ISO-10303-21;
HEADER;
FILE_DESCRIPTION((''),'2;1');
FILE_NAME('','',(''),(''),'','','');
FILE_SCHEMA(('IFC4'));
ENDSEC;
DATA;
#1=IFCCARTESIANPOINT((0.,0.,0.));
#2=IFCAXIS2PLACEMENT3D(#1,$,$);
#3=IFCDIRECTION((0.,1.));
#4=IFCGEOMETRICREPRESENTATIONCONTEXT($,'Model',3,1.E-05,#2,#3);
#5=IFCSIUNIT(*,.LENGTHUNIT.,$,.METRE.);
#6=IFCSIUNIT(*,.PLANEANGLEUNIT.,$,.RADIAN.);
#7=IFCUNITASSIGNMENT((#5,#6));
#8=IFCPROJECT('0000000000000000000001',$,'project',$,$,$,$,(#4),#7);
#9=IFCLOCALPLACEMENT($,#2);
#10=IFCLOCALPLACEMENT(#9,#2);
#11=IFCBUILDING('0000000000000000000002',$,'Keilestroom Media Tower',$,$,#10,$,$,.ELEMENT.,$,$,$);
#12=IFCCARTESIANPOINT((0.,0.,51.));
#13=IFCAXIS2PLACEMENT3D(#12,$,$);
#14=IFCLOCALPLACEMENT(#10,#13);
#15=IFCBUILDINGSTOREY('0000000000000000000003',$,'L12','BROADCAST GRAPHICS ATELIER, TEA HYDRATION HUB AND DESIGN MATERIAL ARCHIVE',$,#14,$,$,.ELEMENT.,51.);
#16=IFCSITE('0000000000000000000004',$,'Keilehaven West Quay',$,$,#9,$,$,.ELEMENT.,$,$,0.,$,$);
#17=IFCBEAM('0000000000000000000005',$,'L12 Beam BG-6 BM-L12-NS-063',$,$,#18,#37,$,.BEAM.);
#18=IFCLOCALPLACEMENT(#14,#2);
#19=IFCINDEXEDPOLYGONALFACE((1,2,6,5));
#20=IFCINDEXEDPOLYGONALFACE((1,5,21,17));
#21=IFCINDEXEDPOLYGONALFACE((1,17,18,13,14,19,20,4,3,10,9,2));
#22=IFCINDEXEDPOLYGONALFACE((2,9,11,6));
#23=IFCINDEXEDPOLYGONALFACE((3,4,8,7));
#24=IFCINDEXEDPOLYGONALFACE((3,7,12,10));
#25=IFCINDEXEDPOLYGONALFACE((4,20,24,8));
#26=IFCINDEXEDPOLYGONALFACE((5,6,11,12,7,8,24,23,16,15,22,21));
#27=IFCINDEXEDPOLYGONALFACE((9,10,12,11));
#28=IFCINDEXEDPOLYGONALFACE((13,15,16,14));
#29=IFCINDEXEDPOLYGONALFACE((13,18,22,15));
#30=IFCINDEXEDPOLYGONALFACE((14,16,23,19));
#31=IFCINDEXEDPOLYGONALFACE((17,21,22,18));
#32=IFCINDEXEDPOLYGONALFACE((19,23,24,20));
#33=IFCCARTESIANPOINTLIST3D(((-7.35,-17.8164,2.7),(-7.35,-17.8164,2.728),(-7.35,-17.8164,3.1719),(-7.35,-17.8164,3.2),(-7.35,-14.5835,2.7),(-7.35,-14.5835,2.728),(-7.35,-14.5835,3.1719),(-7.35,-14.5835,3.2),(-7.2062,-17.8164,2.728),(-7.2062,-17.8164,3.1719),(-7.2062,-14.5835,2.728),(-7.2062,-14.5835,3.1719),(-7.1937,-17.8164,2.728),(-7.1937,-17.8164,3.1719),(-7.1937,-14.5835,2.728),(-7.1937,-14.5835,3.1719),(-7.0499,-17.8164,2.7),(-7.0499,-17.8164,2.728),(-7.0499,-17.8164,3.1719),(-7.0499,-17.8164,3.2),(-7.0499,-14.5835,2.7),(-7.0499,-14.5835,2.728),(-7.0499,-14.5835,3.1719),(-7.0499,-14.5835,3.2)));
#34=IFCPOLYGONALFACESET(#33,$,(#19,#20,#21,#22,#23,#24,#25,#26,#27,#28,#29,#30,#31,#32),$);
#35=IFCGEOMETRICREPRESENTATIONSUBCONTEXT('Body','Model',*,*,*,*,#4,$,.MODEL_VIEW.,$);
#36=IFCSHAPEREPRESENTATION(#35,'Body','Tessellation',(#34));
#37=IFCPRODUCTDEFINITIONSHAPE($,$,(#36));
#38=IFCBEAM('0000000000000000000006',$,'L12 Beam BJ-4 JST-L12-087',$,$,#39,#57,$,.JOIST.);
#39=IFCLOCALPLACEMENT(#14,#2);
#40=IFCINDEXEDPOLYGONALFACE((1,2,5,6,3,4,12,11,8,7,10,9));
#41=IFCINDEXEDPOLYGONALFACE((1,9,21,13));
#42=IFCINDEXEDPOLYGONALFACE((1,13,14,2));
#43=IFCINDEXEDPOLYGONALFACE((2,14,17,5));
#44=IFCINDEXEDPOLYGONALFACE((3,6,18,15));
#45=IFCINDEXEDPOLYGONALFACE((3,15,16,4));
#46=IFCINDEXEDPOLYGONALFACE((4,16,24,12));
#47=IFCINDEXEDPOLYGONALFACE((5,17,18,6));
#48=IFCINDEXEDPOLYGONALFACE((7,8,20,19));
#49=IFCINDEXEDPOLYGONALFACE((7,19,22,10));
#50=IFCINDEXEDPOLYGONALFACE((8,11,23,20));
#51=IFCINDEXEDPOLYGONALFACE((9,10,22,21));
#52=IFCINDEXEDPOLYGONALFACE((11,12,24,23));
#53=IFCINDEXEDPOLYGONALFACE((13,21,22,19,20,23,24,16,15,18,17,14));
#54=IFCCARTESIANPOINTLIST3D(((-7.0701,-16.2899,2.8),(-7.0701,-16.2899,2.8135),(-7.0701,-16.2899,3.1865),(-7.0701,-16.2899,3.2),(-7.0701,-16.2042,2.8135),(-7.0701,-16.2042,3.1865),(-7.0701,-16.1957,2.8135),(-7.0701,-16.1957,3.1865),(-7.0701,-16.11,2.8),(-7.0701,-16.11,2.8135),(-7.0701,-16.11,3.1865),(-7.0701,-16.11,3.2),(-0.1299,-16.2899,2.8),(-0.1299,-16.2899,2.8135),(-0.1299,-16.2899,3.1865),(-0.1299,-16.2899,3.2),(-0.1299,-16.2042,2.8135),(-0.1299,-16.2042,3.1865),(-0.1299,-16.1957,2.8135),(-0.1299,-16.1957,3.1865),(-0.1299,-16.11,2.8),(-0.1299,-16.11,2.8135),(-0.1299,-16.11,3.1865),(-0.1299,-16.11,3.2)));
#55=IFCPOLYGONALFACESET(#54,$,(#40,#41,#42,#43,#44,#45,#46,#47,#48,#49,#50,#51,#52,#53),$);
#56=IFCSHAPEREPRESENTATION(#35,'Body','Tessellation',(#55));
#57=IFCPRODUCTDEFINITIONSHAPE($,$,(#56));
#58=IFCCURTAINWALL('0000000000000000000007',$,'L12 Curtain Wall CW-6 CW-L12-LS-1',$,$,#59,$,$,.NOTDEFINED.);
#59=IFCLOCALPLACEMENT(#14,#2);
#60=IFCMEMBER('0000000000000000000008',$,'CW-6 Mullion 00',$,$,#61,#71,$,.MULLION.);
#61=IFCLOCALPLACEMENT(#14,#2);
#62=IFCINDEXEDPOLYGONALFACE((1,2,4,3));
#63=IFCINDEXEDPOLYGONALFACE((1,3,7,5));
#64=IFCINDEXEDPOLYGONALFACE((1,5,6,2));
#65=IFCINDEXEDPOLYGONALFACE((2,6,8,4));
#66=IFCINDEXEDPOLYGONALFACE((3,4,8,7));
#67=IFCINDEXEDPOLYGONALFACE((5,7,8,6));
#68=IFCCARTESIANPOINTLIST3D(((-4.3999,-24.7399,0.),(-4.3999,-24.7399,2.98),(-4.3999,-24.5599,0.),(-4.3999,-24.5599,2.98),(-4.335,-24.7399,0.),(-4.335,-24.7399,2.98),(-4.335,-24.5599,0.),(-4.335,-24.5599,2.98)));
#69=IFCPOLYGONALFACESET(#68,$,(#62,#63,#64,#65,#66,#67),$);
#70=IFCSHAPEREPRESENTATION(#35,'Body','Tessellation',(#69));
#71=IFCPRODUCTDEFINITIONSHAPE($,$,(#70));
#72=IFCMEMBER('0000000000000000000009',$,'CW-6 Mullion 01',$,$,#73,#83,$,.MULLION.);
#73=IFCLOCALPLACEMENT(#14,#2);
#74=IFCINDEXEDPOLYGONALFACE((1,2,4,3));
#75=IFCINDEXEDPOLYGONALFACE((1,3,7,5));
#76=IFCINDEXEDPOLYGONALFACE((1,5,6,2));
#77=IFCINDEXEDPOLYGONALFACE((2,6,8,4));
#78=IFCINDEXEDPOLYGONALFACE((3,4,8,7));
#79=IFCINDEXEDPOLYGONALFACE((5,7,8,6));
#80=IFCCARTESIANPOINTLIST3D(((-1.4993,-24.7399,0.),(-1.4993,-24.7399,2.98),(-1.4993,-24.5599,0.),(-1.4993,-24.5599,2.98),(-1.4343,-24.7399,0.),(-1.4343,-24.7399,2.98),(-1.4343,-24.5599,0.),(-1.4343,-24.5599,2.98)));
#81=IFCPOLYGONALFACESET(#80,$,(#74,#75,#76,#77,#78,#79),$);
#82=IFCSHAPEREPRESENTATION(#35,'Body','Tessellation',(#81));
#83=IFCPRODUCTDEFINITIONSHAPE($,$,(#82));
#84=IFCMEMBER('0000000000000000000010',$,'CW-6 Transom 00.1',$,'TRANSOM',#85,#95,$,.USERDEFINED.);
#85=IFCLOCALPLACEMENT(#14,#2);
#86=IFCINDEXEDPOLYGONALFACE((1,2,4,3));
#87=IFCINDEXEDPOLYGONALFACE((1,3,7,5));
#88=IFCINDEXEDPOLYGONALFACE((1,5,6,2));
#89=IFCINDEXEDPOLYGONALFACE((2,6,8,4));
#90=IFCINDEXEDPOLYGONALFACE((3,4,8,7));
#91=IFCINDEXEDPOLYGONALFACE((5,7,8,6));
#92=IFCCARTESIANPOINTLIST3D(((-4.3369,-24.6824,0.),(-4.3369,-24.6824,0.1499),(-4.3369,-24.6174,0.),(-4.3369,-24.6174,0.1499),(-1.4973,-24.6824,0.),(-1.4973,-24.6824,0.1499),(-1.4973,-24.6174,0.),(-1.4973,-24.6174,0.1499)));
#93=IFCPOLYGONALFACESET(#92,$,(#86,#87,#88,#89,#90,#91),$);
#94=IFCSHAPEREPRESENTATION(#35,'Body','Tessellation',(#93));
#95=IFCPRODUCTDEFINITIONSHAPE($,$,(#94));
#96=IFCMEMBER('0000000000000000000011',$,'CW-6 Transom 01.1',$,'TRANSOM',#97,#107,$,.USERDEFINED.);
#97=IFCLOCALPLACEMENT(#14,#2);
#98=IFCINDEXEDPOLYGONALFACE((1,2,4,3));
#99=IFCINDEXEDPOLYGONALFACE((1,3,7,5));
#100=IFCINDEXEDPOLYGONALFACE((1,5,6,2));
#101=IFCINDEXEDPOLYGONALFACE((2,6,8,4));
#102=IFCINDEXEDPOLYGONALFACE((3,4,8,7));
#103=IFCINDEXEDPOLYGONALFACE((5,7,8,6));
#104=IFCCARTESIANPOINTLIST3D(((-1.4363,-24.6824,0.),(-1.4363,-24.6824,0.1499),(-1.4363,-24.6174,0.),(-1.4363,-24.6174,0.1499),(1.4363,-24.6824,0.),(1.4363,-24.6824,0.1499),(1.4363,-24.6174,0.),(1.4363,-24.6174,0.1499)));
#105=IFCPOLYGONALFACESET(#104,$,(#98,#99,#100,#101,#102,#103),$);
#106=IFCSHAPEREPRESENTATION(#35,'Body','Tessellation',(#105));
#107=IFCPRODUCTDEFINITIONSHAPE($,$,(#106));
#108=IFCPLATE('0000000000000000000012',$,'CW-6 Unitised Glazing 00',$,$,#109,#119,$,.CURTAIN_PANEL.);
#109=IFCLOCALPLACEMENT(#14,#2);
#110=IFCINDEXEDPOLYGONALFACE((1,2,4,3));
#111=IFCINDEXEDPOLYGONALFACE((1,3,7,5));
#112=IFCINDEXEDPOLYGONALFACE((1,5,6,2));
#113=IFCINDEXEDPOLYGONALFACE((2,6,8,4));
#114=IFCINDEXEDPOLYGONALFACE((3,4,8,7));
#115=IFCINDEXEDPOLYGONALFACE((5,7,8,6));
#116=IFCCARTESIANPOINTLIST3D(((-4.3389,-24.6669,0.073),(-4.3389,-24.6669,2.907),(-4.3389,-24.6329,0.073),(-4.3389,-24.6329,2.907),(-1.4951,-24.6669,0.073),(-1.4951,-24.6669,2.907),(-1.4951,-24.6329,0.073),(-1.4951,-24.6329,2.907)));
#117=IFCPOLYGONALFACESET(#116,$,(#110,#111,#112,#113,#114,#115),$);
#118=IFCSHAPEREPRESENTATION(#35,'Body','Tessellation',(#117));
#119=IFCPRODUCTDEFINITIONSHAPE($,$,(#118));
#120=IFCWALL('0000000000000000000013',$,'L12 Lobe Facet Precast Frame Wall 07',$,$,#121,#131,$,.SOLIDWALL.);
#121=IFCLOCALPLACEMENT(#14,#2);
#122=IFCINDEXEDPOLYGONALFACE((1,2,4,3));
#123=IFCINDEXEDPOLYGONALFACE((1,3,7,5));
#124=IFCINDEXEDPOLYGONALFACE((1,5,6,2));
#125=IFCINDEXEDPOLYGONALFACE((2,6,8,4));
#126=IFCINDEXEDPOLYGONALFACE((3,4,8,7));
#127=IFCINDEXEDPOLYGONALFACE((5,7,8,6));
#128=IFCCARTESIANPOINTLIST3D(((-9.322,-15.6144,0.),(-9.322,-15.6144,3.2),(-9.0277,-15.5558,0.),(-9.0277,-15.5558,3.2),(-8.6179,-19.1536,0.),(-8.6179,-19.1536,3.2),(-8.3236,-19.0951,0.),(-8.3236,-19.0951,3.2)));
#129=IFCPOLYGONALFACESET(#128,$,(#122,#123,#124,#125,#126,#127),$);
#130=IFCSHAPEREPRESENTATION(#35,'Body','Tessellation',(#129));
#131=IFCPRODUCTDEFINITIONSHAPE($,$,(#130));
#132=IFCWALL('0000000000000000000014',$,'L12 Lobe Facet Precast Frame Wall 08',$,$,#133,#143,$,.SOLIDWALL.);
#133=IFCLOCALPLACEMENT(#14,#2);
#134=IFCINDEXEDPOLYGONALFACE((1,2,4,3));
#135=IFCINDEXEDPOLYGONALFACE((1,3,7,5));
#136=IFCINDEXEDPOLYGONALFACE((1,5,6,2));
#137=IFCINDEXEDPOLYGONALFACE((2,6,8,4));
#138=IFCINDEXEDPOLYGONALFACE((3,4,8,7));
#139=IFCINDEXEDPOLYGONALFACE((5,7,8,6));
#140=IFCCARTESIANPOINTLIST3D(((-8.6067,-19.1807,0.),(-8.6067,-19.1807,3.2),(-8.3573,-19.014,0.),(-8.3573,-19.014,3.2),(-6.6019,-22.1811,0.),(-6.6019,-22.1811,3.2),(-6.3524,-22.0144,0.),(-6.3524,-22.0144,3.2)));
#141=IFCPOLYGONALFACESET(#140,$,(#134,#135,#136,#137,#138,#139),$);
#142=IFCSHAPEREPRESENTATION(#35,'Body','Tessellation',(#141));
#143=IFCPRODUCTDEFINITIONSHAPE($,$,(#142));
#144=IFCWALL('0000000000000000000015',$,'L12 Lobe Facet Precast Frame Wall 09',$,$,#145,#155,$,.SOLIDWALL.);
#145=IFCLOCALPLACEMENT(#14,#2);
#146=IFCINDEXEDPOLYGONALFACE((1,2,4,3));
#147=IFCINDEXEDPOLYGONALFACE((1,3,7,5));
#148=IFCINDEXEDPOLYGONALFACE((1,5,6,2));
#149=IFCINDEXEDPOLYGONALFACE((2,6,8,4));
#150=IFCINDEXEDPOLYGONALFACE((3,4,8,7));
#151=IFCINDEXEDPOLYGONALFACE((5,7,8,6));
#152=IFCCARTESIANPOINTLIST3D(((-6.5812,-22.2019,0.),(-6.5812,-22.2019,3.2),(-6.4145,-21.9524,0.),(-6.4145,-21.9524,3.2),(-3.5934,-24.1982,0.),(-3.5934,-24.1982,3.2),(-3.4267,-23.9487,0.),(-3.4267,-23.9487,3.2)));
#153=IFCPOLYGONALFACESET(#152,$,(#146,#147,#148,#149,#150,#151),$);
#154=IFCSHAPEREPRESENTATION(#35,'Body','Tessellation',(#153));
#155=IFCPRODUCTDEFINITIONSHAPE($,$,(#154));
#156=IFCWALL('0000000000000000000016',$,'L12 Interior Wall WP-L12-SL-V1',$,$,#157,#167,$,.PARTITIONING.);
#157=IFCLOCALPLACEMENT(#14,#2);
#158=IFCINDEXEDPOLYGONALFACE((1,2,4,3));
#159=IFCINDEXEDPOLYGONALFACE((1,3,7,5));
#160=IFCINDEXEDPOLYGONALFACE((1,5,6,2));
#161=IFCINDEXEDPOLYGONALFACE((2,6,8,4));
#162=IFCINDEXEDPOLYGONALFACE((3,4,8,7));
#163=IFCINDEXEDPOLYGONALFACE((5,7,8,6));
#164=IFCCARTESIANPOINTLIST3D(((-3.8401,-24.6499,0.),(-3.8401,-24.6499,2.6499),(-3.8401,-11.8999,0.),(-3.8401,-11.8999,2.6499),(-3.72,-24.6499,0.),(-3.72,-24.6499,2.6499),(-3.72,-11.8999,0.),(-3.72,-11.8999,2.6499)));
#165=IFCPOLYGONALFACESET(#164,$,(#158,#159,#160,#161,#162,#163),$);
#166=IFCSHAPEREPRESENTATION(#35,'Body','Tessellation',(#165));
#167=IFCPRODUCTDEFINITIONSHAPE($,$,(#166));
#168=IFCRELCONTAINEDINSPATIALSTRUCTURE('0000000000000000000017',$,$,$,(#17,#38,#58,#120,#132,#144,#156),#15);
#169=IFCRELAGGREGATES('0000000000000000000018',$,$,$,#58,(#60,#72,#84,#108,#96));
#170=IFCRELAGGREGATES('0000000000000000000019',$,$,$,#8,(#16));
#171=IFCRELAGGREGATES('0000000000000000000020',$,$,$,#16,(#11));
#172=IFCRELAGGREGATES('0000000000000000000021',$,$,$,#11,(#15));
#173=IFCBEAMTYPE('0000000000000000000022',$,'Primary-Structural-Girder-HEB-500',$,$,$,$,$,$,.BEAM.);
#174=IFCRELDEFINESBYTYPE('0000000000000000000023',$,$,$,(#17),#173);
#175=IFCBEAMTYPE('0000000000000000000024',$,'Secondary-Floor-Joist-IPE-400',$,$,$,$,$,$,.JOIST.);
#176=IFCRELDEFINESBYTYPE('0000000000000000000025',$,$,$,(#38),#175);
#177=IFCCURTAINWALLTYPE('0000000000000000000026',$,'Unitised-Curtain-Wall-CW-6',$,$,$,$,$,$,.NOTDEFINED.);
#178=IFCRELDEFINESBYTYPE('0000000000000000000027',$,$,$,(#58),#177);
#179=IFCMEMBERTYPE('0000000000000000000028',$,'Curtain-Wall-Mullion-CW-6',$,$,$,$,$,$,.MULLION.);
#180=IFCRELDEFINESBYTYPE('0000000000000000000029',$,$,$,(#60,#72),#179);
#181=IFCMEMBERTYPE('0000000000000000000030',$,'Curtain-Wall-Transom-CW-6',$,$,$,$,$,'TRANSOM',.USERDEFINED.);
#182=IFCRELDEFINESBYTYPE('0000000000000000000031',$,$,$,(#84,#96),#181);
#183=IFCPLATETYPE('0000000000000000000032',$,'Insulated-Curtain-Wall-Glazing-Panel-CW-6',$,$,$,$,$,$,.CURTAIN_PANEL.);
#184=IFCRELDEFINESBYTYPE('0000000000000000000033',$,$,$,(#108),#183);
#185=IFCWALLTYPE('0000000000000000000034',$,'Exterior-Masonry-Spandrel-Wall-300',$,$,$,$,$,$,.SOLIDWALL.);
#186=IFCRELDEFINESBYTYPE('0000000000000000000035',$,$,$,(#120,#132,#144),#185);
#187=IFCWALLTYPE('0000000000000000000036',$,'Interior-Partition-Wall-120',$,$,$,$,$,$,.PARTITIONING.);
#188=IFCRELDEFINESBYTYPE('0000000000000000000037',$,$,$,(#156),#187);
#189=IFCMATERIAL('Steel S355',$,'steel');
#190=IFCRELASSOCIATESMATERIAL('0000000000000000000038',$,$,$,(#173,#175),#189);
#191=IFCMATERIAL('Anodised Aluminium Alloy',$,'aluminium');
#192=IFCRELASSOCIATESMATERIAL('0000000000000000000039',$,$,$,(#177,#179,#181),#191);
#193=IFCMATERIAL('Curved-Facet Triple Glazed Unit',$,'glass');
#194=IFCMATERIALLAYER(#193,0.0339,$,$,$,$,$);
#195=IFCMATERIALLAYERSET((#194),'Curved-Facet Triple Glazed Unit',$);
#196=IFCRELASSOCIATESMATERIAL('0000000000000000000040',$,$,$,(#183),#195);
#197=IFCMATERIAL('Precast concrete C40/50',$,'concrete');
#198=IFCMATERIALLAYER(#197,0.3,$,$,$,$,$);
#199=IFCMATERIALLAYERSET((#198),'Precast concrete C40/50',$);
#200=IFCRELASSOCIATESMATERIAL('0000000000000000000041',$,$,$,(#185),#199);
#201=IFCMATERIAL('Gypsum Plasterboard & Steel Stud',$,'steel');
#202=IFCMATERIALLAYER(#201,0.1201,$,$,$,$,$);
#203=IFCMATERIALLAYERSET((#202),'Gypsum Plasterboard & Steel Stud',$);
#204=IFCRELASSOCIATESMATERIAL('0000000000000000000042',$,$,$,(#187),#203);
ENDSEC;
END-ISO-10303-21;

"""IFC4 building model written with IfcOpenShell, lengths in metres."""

from ifc_helpers import new_model, si_unit, direction, frame, frame_2d, origin, origin_2d, place, context, subcontext, project, spatial, rectangle, i_section, extrude, source, transform, mapped, material, layer, layer_set, material_profile, profile_set, type_object, element, aggregate, save


model = new_model("IFC4")

# Units and contexts
model_context = context("Model", 3, precision=1e-05, world=origin(), true_north=direction((0.0, 1.0)))
body_context = subcontext(model_context, "Body", "Model", "MODEL_VIEW")
ifc_project = project(units=[si_unit("LENGTHUNIT", "METRE"), si_unit("PLANEANGLEUNIT", "RADIAN")], contexts=[model_context])

# Site, building, storey
site_placement = place(None, origin())
site = spatial("IfcSite", under=ifc_project, at=site_placement, Name="Keilehaven West Quay", CompositionType="ELEMENT", RefElevation=0.0)
building_placement = place(site_placement, origin())
building = spatial("IfcBuilding", under=site, at=building_placement, Name="Keilestroom Media Tower", CompositionType="ELEMENT")
storey_placement = place(building_placement, frame((0.0, 0.0, 51.0)))
storey = spatial("IfcBuildingStorey", under=building, at=storey_placement, Name="L12", Description="BROADCAST GRAPHICS ATELIER, TEA HYDRATION HUB AND DESIGN MATERIAL ARCHIVE", CompositionType="ELEMENT", Elevation=51.0)

# Beams
ifc_material_1 = material(Name="Steel S355", Category="steel")
ifc_material_profile_1 = material_profile(ifc_material_1, i_section(OverallWidth=0.3, OverallDepth=0.5, WebThickness=0.0125, FlangeThickness=0.0281, at=origin_2d()), Name="HEB 500")
ifc_profile_set_1 = profile_set([ifc_material_profile_1], Name="Steel S355")
beam_type_1 = type_object("IfcBeamType", Name="Primary-Structural-Girder-HEB-500", PredefinedType="BEAM", material=ifc_profile_set_1)
shared_shape_1 = source(origin(), body_context, "Body", "SweptSolid", [
    extrude(i_section(OverallWidth=0.3, OverallDepth=0.5, WebThickness=0.0125, FlangeThickness=0.0281, at=origin_2d()), origin(), (0.0, 0.0, 1.0), 3.2329),
])
beam_1_placement = place(storey_placement, frame((-7.2, -17.8164, 2.95), z_axis=(0.0, 1.0, 0.0), x_axis=(-1.0, 0.0, 0.0)))
element("IfcBeam", 1, at=beam_1_placement, inside=storey, type_object=beam_type_1, Name="L12 Beam BG-6 BM-L12-NS-063", PredefinedType="BEAM", context=body_context, shape_type="MappedRepresentation", body=[
    mapped(shared_shape_1, transform((0.0, 0.0, 0.0), x_axis=(1.0, 0.0, 0.0), y_axis=(0.0, 1.0, 0.0), z_axis=(0.0, 0.0, 1.0), scale=1.0)),
])
ifc_material_profile_2 = material_profile(ifc_material_1, i_section(OverallWidth=0.1799, OverallDepth=0.3999, WebThickness=0.0085, FlangeThickness=0.0134, at=origin_2d()), Name="IPE 400")
ifc_profile_set_2 = profile_set([ifc_material_profile_2], Name="Steel S355")
beam_type_2 = type_object("IfcBeamType", Name="Secondary-Floor-Joist-IPE-400", PredefinedType="JOIST", material=ifc_profile_set_2)
shared_shape_2 = source(origin(), body_context, "Body", "SweptSolid", [
    extrude(i_section(OverallWidth=0.1799, OverallDepth=0.3999, WebThickness=0.0085, FlangeThickness=0.0134, at=origin_2d()), origin(), (0.0, 0.0, 1.0), 6.9402),
])
beam_2_placement = place(storey_placement, frame((-7.0701, -16.2, 3.0), z_axis=(1.0, 0.0, 0.0), x_axis=(0.0, 1.0, 0.0)))
element("IfcBeam", 2, at=beam_2_placement, inside=storey, type_object=beam_type_2, Name="L12 Beam BJ-4 JST-L12-087", PredefinedType="JOIST", context=body_context, shape_type="MappedRepresentation", body=[
    mapped(shared_shape_2, transform((0.0, 0.0, 0.0), x_axis=(1.0, 0.0, 0.0), y_axis=(0.0, 1.0, 0.0), z_axis=(0.0, 0.0, 1.0), scale=1.0)),
])

# Curtain wall, members, plate
ifc_material_2 = material(Name="Anodised Aluminium Alloy", Category="aluminium")
curtain_wall_type = type_object("IfcCurtainWallType", Name="Unitised-Curtain-Wall-CW-6", PredefinedType="NOTDEFINED", material=ifc_material_2)
curtain_wall_placement = place(storey_placement, origin())
curtain_wall = element("IfcCurtainWall", 3, at=curtain_wall_placement, inside=storey, type_object=curtain_wall_type, Name="L12 Curtain Wall CW-6 CW-L12-LS-1", PredefinedType="NOTDEFINED")
ifc_material_profile_3 = material_profile(ifc_material_2, rectangle(XDim=0.0649, YDim=0.1799, at=origin_2d()), Name="ALU MULLION 65x180")
ifc_profile_set_3 = profile_set([ifc_material_profile_3], Name="Anodised Aluminium Alloy")
member_type_1 = type_object("IfcMemberType", Name="Curtain-Wall-Mullion-CW-6", PredefinedType="MULLION", material=ifc_profile_set_3)
shared_shape_3 = source(origin(), body_context, "Body", "SweptSolid", [
    extrude(rectangle(XDim=0.0649, YDim=0.1799, at=origin_2d()), origin(), (0.0, 0.0, 1.0), 2.98),
])
member_1_placement = place(storey_placement, frame((-4.3674, -24.6499, 0.0), z_axis=(0.0, 0.0, 1.0), x_axis=(1.0, 0.0, 0.0)))
member_1 = element("IfcMember", 4, at=member_1_placement, type_object=member_type_1, Name="CW-6 Mullion 00", PredefinedType="MULLION", context=body_context, shape_type="MappedRepresentation", body=[
    mapped(shared_shape_3, transform((0.0, 0.0, 0.0), x_axis=(1.0, 0.0, 0.0), y_axis=(0.0, 1.0, 0.0), z_axis=(0.0, 0.0, 1.0), scale=1.0)),
])
member_2_placement = place(storey_placement, frame((-1.4668, -24.6499, 0.0), z_axis=(0.0, 0.0, 1.0), x_axis=(1.0, 0.0, 0.0)))
member_2 = element("IfcMember", 5, at=member_2_placement, type_object=member_type_1, Name="CW-6 Mullion 01", PredefinedType="MULLION", context=body_context, shape_type="MappedRepresentation", body=[
    mapped(shared_shape_3, transform((0.0, 0.0, 0.0), x_axis=(1.0, 0.0, 0.0), y_axis=(0.0, 1.0, 0.0), z_axis=(0.0, 0.0, 1.0), scale=1.0)),
])
ifc_material_profile_4 = material_profile(ifc_material_2, rectangle(XDim=0.0649, YDim=0.1499, at=origin_2d()), Name="ALU TRANSOM 65x150")
ifc_profile_set_4 = profile_set([ifc_material_profile_4], Name="Anodised Aluminium Alloy")
member_type_2 = type_object("IfcMemberType", Name="Curtain-Wall-Transom-CW-6", ElementType="TRANSOM", PredefinedType="USERDEFINED", material=ifc_profile_set_4)
shared_shape_4 = source(origin(), body_context, "Body", "SweptSolid", [
    extrude(rectangle(XDim=0.0649, YDim=0.1499, at=origin_2d()), origin(), (0.0, 0.0, 1.0), 2.8396),
])
member_3_placement = place(storey_placement, frame((-4.3369, -24.6499, 0.075), z_axis=(1.0, 0.0, 0.0), x_axis=(0.0, 1.0, 0.0)))
member_3 = element("IfcMember", 6, at=member_3_placement, type_object=member_type_2, Name="CW-6 Transom 00.1", ObjectType="TRANSOM", PredefinedType="USERDEFINED", context=body_context, shape_type="MappedRepresentation", body=[
    mapped(shared_shape_4, transform((0.0, 0.0, 0.0), x_axis=(1.0, 0.0, 0.0), y_axis=(0.0, 1.0, 0.0), z_axis=(0.0, 0.0, 1.0), scale=1.0)),
])
shared_shape_5 = source(origin(), body_context, "Body", "SweptSolid", [
    extrude(rectangle(XDim=0.0649, YDim=0.1499, at=origin_2d()), origin(), (0.0, 0.0, 1.0), 2.8726),
])
member_4_placement = place(storey_placement, frame((-1.4363, -24.6499, 0.075), z_axis=(1.0, 0.0, 0.0), x_axis=(0.0, 1.0, 0.0)))
member_4 = element("IfcMember", 7, at=member_4_placement, type_object=member_type_2, Name="CW-6 Transom 01.1", ObjectType="TRANSOM", PredefinedType="USERDEFINED", context=body_context, shape_type="MappedRepresentation", body=[
    mapped(shared_shape_5, transform((0.0, 0.0, 0.0), x_axis=(1.0, 0.0, 0.0), y_axis=(0.0, 1.0, 0.0), z_axis=(0.0, 0.0, 1.0), scale=1.0)),
])
ifc_material_3 = material(Name="Curved-Facet Triple Glazed Unit", Category="glass")
ifc_layer_1 = layer(ifc_material_3, 0.0339)
ifc_layer_set_1 = layer_set([ifc_layer_1], Name="Curved-Facet Triple Glazed Unit")
plate_type = type_object("IfcPlateType", Name="Insulated-Curtain-Wall-Glazing-Panel-CW-6", PredefinedType="CURTAIN_PANEL", material=ifc_layer_set_1)
shared_shape_6 = source(origin(), body_context, "Body", "SweptSolid", [
    extrude(rectangle(XDim=2.8438, YDim=0.0339, at=origin_2d()), origin(), (0.0, 0.0, 1.0), 2.834),
])
plate_placement = place(storey_placement, frame((-2.917, -24.6499, 0.073), z_axis=(0.0, 0.0, 1.0), x_axis=(1.0, 0.0, 0.0)))
plate = element("IfcPlate", 8, at=plate_placement, type_object=plate_type, Name="CW-6 Unitised Glazing 00", PredefinedType="CURTAIN_PANEL", context=body_context, shape_type="MappedRepresentation", body=[
    mapped(shared_shape_6, transform((0.0, 0.0, 0.0), x_axis=(1.0, 0.0, 0.0), y_axis=(0.0, 1.0, 0.0), z_axis=(0.0, 0.0, 1.0), scale=1.0)),
])
aggregate(curtain_wall, [member_1, member_2, member_3, plate, member_4])

# Walls
ifc_material_4 = material(Name="Precast concrete C40/50", Category="concrete")
ifc_layer_2 = layer(ifc_material_4, 0.3)
ifc_layer_set_2 = layer_set([ifc_layer_2], Name="Precast concrete C40/50")
wall_type_1 = type_object("IfcWallType", Name="Exterior-Masonry-Spandrel-Wall-300", PredefinedType="SOLIDWALL", material=ifc_layer_set_2)
for number, where, z_axis, x_axis, name in (
    (9, (-9.1748, -15.5852, 0.0), (0.0, 0.0, 1.0), (0.195114, -0.980781, 0.0), "L12 Lobe Facet Precast Frame Wall 07"),
    (10, (-8.4819, -19.0974, 0.0), (0.0, 0.0, 1.0), (0.555574, -0.831467, 0.0), "L12 Lobe Facet Precast Frame Wall 08"),
):
    element("IfcWall", number, at=place(storey_placement, frame(where, z_axis=z_axis, x_axis=x_axis)), inside=storey, type_object=wall_type_1, Name=name, PredefinedType="SOLIDWALL", context=body_context, shape_type="SweptSolid", body=[
        extrude(rectangle(XDim=3.6086, YDim=0.3, at=frame_2d((1.8042, 0.0))), origin(), (0.0, 0.0, 1.0), 3.2),
    ])
wall_1_placement = place(storey_placement, frame((-6.4978, -22.0771, 0.0), z_axis=(0.0, 0.0, 1.0), x_axis=(0.831475, -0.555562, 0.0)))
element("IfcWall", 11, at=wall_1_placement, inside=storey, type_object=wall_type_1, Name="L12 Lobe Facet Precast Frame Wall 09", PredefinedType="SOLIDWALL", context=body_context, shape_type="SweptSolid", body=[
    extrude(rectangle(XDim=3.5933, YDim=0.3, at=frame_2d((1.7966, 0.0))), origin(), (0.0, 0.0, 1.0), 3.2),
])
ifc_material_5 = material(Name="Gypsum Plasterboard & Steel Stud", Category="steel")
ifc_layer_3 = layer(ifc_material_5, 0.1201)
ifc_layer_set_3 = layer_set([ifc_layer_3], Name="Gypsum Plasterboard & Steel Stud")
wall_type_2 = type_object("IfcWallType", Name="Interior-Partition-Wall-120", PredefinedType="PARTITIONING", material=ifc_layer_set_3)
wall_2_placement = place(storey_placement, frame((-3.78, -24.6499, 0.0), z_axis=(0.0, 0.0, 1.0), x_axis=(0.0, 1.0, 0.0)))
element("IfcWall", 12, at=wall_2_placement, inside=storey, type_object=wall_type_2, Name="L12 Interior Wall WP-L12-SL-V1", PredefinedType="PARTITIONING", context=body_context, shape_type="SweptSolid", body=[
    extrude(rectangle(XDim=12.75, YDim=0.1201, at=frame_2d((6.375, 0.0))), origin(), (0.0, 0.0, 1.0), 2.6499),
])

save(model, "model.ifc")
